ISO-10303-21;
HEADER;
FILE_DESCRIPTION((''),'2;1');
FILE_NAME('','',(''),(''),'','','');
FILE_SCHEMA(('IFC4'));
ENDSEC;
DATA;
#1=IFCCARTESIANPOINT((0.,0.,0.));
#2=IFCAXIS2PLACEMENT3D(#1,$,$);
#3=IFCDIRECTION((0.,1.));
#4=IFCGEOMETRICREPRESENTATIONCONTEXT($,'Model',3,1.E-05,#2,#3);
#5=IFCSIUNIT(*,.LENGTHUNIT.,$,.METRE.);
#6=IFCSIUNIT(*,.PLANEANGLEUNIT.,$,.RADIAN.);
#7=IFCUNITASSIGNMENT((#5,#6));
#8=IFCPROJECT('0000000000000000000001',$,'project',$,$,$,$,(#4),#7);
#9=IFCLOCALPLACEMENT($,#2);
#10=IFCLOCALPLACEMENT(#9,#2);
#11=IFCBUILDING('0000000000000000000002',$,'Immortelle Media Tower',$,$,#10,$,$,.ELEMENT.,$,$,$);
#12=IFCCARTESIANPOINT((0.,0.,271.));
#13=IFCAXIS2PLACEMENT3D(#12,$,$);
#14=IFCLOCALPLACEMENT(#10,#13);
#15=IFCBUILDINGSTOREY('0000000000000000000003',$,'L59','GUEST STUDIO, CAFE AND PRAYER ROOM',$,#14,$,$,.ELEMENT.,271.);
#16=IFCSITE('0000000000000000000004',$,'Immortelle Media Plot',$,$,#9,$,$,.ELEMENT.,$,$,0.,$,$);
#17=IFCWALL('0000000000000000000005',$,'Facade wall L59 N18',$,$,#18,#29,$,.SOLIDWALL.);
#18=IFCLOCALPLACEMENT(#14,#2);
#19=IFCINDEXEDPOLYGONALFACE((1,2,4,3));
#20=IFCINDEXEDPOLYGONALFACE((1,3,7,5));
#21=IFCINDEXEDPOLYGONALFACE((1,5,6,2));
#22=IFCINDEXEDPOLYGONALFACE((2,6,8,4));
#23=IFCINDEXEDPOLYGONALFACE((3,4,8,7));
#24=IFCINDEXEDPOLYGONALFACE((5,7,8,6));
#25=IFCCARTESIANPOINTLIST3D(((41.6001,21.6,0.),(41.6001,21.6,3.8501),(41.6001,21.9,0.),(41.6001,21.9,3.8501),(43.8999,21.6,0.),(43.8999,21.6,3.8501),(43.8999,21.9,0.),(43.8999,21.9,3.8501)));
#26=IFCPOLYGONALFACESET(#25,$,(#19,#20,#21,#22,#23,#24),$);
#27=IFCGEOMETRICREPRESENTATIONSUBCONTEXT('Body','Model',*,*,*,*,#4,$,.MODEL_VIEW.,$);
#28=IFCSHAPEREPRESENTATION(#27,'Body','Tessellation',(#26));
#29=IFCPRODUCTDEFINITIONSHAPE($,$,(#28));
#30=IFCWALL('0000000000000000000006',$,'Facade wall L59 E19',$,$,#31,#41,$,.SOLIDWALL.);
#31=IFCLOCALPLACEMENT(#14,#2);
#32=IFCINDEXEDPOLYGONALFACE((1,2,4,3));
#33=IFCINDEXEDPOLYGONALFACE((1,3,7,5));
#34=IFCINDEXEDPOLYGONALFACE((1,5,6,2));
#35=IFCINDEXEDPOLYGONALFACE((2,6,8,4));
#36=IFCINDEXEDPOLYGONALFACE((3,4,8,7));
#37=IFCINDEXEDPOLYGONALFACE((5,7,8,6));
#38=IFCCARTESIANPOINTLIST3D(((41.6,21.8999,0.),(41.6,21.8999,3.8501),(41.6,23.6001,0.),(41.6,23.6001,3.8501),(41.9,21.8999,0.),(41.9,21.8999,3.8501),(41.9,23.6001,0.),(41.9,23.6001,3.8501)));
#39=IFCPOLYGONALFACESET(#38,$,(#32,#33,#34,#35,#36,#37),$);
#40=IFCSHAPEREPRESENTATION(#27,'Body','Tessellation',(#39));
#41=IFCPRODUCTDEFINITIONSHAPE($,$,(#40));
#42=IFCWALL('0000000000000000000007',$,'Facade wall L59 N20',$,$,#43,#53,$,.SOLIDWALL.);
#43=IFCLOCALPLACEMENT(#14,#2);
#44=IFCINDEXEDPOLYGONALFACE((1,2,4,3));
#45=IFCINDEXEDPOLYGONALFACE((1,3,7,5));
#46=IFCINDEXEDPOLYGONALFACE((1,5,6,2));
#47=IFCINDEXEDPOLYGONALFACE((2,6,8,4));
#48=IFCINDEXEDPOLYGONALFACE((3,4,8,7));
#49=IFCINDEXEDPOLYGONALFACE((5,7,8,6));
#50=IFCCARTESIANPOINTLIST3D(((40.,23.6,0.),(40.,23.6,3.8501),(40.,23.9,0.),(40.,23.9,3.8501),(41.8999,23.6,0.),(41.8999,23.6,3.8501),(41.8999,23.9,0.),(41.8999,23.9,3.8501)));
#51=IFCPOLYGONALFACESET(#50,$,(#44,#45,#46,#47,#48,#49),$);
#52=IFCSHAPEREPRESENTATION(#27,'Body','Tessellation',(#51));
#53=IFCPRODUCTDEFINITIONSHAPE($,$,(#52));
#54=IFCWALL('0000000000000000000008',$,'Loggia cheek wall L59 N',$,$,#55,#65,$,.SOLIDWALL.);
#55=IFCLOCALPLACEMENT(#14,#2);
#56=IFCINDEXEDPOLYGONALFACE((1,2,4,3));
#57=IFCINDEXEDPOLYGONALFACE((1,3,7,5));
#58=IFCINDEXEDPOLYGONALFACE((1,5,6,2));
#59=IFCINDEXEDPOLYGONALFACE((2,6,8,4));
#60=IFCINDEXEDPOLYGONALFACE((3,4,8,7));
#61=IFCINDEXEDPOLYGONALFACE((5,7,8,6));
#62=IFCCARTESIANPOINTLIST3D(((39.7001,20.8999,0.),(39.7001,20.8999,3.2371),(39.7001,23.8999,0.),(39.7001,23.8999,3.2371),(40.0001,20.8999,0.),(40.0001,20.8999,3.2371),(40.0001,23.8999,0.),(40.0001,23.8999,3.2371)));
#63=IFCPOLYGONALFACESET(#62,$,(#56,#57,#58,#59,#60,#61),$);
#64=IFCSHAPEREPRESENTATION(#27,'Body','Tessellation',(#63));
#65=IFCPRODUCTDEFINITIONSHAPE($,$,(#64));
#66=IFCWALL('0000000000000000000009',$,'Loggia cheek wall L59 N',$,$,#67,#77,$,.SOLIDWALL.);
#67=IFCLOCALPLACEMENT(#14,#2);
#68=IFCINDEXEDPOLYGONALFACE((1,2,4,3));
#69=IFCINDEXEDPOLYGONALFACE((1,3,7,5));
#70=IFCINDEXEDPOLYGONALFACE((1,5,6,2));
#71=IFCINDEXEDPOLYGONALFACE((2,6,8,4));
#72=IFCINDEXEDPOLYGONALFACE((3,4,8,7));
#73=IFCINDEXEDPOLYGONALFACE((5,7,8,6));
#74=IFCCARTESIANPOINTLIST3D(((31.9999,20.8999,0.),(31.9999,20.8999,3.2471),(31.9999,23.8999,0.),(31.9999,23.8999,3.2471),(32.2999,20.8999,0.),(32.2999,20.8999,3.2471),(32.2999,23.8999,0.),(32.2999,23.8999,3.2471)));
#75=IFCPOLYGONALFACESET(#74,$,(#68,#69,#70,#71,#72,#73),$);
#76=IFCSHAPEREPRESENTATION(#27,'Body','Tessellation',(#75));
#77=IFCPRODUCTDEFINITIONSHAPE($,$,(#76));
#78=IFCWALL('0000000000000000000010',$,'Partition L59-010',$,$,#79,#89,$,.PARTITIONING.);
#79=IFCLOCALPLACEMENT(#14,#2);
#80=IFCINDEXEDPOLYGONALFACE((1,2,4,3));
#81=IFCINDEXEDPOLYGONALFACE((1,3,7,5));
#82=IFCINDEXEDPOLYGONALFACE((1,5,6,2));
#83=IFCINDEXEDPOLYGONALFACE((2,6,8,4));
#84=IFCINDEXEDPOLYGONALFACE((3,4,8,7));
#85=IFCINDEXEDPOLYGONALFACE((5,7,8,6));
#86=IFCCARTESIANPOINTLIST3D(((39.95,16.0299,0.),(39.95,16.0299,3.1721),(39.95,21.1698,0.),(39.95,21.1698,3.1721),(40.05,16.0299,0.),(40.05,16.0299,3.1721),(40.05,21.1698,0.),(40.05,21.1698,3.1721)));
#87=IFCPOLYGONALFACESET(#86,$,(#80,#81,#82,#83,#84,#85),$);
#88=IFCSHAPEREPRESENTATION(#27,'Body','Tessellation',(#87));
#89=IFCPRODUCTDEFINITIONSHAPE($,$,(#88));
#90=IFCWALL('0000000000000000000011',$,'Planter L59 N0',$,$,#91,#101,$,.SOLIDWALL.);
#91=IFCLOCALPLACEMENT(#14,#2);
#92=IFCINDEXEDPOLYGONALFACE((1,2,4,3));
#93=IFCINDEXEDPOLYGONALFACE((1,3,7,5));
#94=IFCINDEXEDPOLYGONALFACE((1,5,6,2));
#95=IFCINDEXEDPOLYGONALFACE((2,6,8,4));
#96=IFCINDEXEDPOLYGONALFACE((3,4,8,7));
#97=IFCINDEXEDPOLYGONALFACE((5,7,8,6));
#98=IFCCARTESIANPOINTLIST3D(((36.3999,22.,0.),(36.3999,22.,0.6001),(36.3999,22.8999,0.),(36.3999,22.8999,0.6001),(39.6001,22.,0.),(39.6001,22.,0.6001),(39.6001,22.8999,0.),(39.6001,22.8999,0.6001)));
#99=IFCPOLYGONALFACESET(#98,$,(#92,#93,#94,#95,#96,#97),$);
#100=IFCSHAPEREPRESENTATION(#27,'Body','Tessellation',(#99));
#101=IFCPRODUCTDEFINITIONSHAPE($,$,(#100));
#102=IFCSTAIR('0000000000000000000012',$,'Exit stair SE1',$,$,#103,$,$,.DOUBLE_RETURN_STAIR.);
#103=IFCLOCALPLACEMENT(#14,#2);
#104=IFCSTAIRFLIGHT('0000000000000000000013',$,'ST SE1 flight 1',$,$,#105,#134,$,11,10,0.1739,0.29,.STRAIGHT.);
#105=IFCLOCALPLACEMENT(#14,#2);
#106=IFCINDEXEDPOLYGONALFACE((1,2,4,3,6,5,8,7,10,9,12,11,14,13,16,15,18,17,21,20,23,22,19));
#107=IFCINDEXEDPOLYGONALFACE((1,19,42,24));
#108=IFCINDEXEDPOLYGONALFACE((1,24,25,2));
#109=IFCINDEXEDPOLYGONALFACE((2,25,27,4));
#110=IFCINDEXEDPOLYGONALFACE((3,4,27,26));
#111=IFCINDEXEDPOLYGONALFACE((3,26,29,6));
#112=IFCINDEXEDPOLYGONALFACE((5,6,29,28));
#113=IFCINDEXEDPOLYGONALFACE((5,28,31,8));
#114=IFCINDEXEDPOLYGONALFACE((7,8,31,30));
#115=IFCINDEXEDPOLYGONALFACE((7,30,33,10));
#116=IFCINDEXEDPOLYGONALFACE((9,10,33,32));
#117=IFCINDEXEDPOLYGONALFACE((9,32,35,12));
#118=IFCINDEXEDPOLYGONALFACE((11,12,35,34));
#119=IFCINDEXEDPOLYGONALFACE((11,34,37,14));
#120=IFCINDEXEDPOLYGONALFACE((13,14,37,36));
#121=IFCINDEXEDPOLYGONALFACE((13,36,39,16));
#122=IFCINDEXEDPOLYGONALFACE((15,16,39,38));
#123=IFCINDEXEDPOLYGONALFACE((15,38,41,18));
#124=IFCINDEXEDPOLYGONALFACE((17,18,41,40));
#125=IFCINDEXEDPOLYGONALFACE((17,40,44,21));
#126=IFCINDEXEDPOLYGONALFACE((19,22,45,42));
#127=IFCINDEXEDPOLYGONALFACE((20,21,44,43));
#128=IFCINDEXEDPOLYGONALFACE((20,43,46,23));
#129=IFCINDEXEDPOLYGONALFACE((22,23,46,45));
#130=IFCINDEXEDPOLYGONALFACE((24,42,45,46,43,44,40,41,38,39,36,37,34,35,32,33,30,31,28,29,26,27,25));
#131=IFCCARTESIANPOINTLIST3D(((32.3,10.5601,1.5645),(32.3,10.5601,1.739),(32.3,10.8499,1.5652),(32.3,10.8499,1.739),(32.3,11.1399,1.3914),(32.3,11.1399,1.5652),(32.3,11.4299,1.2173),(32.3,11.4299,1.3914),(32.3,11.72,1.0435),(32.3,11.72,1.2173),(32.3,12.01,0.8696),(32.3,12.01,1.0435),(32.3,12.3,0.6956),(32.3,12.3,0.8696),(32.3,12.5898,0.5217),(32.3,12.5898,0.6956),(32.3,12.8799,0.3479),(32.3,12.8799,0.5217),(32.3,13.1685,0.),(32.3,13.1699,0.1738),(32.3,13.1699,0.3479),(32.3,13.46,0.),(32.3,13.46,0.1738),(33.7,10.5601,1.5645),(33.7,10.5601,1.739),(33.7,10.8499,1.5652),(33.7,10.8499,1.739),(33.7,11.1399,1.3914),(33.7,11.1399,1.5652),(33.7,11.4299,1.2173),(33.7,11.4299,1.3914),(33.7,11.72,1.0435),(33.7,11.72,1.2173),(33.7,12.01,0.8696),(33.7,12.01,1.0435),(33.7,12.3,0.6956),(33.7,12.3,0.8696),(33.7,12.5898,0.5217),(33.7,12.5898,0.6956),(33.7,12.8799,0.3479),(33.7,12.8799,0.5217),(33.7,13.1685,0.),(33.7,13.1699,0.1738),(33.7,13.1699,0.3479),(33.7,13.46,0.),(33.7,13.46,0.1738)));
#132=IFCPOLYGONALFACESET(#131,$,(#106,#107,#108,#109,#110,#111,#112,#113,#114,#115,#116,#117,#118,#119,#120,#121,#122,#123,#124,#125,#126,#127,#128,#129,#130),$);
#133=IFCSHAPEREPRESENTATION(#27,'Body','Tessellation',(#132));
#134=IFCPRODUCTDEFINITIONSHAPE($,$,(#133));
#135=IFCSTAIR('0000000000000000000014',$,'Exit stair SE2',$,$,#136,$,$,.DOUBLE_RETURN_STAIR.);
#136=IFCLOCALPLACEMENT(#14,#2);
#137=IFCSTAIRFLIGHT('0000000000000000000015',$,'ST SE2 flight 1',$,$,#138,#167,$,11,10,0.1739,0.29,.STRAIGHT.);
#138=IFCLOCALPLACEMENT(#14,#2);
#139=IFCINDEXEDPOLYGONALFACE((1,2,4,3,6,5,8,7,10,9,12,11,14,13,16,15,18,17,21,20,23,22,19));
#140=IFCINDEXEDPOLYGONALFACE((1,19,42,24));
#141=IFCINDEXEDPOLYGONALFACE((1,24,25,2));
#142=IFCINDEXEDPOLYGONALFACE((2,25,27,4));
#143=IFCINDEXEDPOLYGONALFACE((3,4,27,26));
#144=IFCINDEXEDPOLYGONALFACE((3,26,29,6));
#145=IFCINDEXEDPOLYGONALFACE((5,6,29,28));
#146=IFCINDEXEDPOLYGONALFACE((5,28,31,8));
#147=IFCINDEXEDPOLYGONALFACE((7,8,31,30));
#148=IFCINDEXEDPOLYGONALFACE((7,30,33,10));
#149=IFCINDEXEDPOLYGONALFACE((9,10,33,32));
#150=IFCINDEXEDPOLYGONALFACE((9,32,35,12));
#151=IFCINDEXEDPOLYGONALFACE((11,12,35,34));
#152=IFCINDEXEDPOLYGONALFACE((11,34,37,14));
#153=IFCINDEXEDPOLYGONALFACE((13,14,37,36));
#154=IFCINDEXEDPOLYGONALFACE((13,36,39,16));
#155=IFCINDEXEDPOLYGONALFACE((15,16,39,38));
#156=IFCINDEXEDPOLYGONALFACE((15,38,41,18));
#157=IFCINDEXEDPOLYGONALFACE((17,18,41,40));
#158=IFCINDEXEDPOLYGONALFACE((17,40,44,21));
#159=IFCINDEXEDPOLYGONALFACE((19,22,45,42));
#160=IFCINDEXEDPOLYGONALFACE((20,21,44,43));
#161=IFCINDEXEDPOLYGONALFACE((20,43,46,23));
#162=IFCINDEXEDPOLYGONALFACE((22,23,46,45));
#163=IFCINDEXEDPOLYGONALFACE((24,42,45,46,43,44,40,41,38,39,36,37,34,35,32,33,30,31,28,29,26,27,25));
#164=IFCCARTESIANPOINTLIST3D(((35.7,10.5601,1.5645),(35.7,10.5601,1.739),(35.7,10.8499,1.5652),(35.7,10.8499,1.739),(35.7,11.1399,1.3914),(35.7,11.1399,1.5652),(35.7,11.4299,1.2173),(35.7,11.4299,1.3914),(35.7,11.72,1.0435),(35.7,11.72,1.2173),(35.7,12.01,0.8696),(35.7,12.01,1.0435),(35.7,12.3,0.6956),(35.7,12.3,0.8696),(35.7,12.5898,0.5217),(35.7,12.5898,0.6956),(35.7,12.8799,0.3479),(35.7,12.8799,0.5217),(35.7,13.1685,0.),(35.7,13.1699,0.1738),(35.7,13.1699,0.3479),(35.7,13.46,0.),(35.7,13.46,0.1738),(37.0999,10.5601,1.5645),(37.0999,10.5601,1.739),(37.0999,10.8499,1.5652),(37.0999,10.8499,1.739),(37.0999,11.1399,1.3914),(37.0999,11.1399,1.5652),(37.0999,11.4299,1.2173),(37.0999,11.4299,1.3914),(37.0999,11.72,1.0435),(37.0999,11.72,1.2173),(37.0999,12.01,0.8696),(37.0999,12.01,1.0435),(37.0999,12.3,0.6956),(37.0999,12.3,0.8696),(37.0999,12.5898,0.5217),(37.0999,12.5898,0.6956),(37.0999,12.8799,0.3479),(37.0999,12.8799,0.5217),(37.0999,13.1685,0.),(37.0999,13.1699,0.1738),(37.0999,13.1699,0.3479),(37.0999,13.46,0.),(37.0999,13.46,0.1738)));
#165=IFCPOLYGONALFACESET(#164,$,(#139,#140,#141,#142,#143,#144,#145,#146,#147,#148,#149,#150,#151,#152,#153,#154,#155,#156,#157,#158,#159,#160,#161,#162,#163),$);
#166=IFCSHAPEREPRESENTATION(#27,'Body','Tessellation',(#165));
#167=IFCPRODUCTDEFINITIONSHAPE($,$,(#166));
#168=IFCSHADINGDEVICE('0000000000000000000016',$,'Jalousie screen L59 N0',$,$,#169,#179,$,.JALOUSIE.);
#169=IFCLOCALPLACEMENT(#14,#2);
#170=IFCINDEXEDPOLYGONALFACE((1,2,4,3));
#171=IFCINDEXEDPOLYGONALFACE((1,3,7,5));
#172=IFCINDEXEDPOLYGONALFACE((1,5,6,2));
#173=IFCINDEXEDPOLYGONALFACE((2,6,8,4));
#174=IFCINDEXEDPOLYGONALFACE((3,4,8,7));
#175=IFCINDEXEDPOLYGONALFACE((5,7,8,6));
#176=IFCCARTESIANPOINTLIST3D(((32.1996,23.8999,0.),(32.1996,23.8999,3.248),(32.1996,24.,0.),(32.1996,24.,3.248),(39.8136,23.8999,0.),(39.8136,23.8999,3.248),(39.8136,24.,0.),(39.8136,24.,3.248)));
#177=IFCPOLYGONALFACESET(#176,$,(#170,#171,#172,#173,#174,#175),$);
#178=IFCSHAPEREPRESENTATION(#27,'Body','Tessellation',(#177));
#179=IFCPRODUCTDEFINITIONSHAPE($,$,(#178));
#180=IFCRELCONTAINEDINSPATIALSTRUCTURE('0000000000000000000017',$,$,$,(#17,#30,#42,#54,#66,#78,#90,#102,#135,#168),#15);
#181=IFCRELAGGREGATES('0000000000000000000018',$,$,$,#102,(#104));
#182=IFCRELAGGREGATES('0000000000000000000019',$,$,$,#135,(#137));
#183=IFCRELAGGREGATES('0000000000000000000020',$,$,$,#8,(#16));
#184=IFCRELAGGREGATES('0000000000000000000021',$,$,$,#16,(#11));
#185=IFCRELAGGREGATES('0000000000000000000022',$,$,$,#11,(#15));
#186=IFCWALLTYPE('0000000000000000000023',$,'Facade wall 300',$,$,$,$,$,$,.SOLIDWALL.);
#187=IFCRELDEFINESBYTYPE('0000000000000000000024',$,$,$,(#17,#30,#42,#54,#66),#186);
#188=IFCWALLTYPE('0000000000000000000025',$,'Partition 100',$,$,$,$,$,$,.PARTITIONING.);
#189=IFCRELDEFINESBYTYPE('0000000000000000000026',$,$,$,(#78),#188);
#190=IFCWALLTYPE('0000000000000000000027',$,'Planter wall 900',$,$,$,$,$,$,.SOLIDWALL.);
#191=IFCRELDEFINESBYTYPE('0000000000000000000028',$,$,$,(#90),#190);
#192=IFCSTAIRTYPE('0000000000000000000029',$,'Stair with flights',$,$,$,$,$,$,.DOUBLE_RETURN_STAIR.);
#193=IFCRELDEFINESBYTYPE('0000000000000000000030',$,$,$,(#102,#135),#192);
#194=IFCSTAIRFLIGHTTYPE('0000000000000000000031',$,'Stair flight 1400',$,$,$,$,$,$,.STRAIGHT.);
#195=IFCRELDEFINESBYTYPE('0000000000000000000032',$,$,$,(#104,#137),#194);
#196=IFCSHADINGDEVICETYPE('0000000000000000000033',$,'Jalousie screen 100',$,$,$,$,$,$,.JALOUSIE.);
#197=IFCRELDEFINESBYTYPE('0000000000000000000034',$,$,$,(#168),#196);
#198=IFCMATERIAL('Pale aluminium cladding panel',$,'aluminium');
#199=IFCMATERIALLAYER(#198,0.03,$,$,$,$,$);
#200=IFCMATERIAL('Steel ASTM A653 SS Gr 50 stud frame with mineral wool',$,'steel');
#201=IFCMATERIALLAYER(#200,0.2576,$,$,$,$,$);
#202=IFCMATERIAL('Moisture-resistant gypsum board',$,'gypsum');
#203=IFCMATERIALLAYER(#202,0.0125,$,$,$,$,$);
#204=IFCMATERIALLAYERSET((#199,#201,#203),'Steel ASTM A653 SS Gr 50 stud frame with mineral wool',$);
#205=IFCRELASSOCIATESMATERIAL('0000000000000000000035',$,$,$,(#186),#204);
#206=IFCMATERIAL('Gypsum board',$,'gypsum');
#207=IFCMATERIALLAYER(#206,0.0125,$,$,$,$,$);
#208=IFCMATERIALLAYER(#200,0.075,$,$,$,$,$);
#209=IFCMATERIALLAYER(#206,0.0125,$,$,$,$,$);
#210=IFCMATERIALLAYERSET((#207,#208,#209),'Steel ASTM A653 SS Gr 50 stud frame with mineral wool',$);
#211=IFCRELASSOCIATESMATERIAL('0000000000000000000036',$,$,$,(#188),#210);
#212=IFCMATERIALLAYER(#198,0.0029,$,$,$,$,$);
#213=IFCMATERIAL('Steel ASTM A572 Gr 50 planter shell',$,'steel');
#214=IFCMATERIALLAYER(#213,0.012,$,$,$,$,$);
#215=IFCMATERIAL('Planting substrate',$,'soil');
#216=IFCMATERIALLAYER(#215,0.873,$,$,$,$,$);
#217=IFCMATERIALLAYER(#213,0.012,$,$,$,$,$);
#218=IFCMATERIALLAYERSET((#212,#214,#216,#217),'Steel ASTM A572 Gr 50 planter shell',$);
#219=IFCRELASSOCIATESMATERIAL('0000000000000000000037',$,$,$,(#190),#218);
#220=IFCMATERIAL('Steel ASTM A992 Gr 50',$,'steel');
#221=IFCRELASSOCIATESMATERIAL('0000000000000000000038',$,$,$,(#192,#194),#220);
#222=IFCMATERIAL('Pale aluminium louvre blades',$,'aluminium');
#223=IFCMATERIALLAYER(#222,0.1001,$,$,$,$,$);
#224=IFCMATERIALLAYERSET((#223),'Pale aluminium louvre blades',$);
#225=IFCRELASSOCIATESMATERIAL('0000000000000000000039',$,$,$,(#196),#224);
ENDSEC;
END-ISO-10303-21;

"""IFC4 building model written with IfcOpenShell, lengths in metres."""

from ifc_helpers import new_model, si_unit, direction, frame, frame_2d, origin, origin_2d, place, context, subcontext, project, spatial, polyline, rectangle, outline, extrude, material, layer, layer_set, type_object, element, aggregate, save


model = new_model("IFC4")

# Units and contexts
model_context = context("Model", 3, precision=1e-05, world=origin(), true_north=direction((0.0, 1.0)))
body_context = subcontext(model_context, "Body", "Model", "MODEL_VIEW")
ifc_project = project(units=[si_unit("LENGTHUNIT", "METRE"), si_unit("PLANEANGLEUNIT", "RADIAN")], contexts=[model_context])

# Site, building, storey
site_placement = place(None, origin())
site = spatial("IfcSite", under=ifc_project, at=site_placement, Name="Immortelle Media Plot", CompositionType="ELEMENT", RefElevation=0.0)
building_placement = place(site_placement, origin())
building = spatial("IfcBuilding", under=site, at=building_placement, Name="Immortelle Media Tower", CompositionType="ELEMENT")
storey_placement = place(building_placement, frame((0.0, 0.0, 271.0)))
storey = spatial("IfcBuildingStorey", under=building, at=storey_placement, Name="L59", Description="GUEST STUDIO, CAFE AND PRAYER ROOM", CompositionType="ELEMENT", Elevation=271.0)

# Shared definitions
ifc_material_1 = material(Name="Steel ASTM A992 Gr 50", Category="steel")

# Walls
ifc_material_2 = material(Name="Steel ASTM A653 SS Gr 50 stud frame with mineral wool", Category="steel")
ifc_material_3 = material(Name="Pale aluminium cladding panel", Category="aluminium")
ifc_layer_1 = layer(ifc_material_3, 0.03)
ifc_layer_2 = layer(ifc_material_2, 0.2576)
ifc_material_4 = material(Name="Moisture-resistant gypsum board", Category="gypsum")
ifc_layer_3 = layer(ifc_material_4, 0.0125)
ifc_layer_set_1 = layer_set([ifc_layer_1, ifc_layer_2, ifc_layer_3], Name="Steel ASTM A653 SS Gr 50 stud frame with mineral wool")
wall_type_1 = type_object("IfcWallType", Name="Facade wall 300", PredefinedType="SOLIDWALL", material=ifc_layer_set_1)
wall_1_placement = place(storey_placement, frame((43.8999, 21.75, 0.0), z_axis=(0.0, 0.0, 1.0), x_axis=(-1.0, 0.0, 0.0)))
element("IfcWall", 1, at=wall_1_placement, inside=storey, type_object=wall_type_1, Name="Facade wall L59 N18", PredefinedType="SOLIDWALL", context=body_context, shape_type="SweptSolid", body=[
    extrude(rectangle(XDim=2.2998, YDim=0.3, at=frame_2d((1.1499, 0.0))), origin(), (0.0, 0.0, 1.0), 3.8501),
])
wall_2_placement = place(storey_placement, frame((41.75, 21.8999, 0.0), z_axis=(0.0, 0.0, 1.0), x_axis=(0.0, 1.0, 0.0)))
element("IfcWall", 2, at=wall_2_placement, inside=storey, type_object=wall_type_1, Name="Facade wall L59 E19", PredefinedType="SOLIDWALL", context=body_context, shape_type="SweptSolid", body=[
    extrude(rectangle(XDim=1.7002, YDim=0.3, at=frame_2d((0.8501, 0.0))), origin(), (0.0, 0.0, 1.0), 3.8501),
])
wall_3_placement = place(storey_placement, frame((41.8999, 23.75, 0.0), z_axis=(0.0, 0.0, 1.0), x_axis=(-1.0, 0.0, 0.0)))
element("IfcWall", 3, at=wall_3_placement, inside=storey, type_object=wall_type_1, Name="Facade wall L59 N20", PredefinedType="SOLIDWALL", context=body_context, shape_type="SweptSolid", body=[
    extrude(rectangle(XDim=1.8999, YDim=0.3, at=frame_2d((0.95, 0.0))), origin(), (0.0, 0.0, 1.0), 3.8501),
])

# Walls
wall_4_placement = place(storey_placement, frame((39.8501, 23.8999, 0.0), z_axis=(0.0, 0.0, 1.0), x_axis=(0.0, -1.0, 0.0)))
element("IfcWall", 4, at=wall_4_placement, inside=storey, type_object=wall_type_1, Name="Loggia cheek wall L59 N", PredefinedType="SOLIDWALL", context=body_context, shape_type="SweptSolid", body=[
    extrude(rectangle(XDim=3.0, YDim=0.3, at=frame_2d((1.5, 0.0))), origin(), (0.0, 0.0, 1.0), 3.2371),
])
wall_5_placement = place(storey_placement, frame((32.1499, 23.8999, 0.0), z_axis=(0.0, 0.0, 1.0), x_axis=(0.0, -1.0, 0.0)))
element("IfcWall", 5, at=wall_5_placement, inside=storey, type_object=wall_type_1, Name="Loggia cheek wall L59 N", PredefinedType="SOLIDWALL", context=body_context, shape_type="SweptSolid", body=[
    extrude(rectangle(XDim=3.0, YDim=0.3, at=frame_2d((1.5, 0.0))), origin(), (0.0, 0.0, 1.0), 3.2471),
])
ifc_material_5 = material(Name="Gypsum board", Category="gypsum")
ifc_layer_4 = layer(ifc_material_5, 0.0125)
ifc_layer_5 = layer(ifc_material_2, 0.075)
ifc_layer_6 = layer(ifc_material_5, 0.0125)
ifc_layer_set_2 = layer_set([ifc_layer_4, ifc_layer_5, ifc_layer_6], Name="Steel ASTM A653 SS Gr 50 stud frame with mineral wool")
wall_type_2 = type_object("IfcWallType", Name="Partition 100", PredefinedType="PARTITIONING", material=ifc_layer_set_2)
wall_6_placement = place(storey_placement, frame((40.0, 16.03, 0.0), z_axis=(0.0, 0.0, 1.0), x_axis=(0.0, 1.0, 0.0)))
element("IfcWall", 6, at=wall_6_placement, inside=storey, type_object=wall_type_2, Name="Partition L59-010", PredefinedType="PARTITIONING", context=body_context, shape_type="SweptSolid", body=[
    extrude(rectangle(XDim=5.1399, YDim=0.1001, at=frame_2d((2.5698, 0.0))), origin(), (0.0, 0.0, 1.0), 3.1721),
])
ifc_layer_7 = layer(ifc_material_3, 0.0029)
ifc_material_6 = material(Name="Steel ASTM A572 Gr 50 planter shell", Category="steel")
ifc_layer_8 = layer(ifc_material_6, 0.012)
ifc_material_7 = material(Name="Planting substrate", Category="soil")
ifc_layer_9 = layer(ifc_material_7, 0.873)
ifc_layer_10 = layer(ifc_material_6, 0.012)
ifc_layer_set_3 = layer_set([ifc_layer_7, ifc_layer_8, ifc_layer_9, ifc_layer_10], Name="Steel ASTM A572 Gr 50 planter shell")
wall_type_3 = type_object("IfcWallType", Name="Planter wall 900", PredefinedType="SOLIDWALL", material=ifc_layer_set_3)
wall_7_placement = place(storey_placement, frame((39.6001, 22.45, 0.0), z_axis=(0.0, 0.0, 1.0), x_axis=(-1.0, 0.0, 0.0)))
element("IfcWall", 7, at=wall_7_placement, inside=storey, type_object=wall_type_3, Name="Planter L59 N0", PredefinedType="SOLIDWALL", context=body_context, shape_type="SweptSolid", body=[
    extrude(rectangle(XDim=3.2002, YDim=0.8999, at=frame_2d((1.6001, 0.0))), origin(), (0.0, 0.0, 1.0), 0.6001),
])

# Stairs, stair flights
stair_type = type_object("IfcStairType", Name="Stair with flights", PredefinedType="DOUBLE_RETURN_STAIR", material=ifc_material_1)
stair_1_placement = place(storey_placement, origin())
stair_1 = element("IfcStair", 8, at=stair_1_placement, inside=storey, type_object=stair_type, Name="Exit stair SE1", PredefinedType="DOUBLE_RETURN_STAIR")
stair_flight_type = type_object("IfcStairFlightType", Name="Stair flight 1400", PredefinedType="STRAIGHT", material=ifc_material_1)
stair_flight_1_placement = place(storey_placement, frame((33.0, 13.46, 0.0), z_axis=(0.0, 0.0, 1.0), x_axis=(0.0, -1.0, 0.0)))
stair_flight_1 = element("IfcStairFlight", 9, at=stair_flight_1_placement, type_object=stair_flight_type, Name="ST SE1 flight 1", NumberOfRisers=11, NumberOfTreads=10, PredefinedType="STRAIGHT", RiserHeight=0.1739, TreadLength=0.29, context=body_context, shape_type="SweptSolid", body=[
    extrude(outline(polyline([(0.0, 0.0), (0.0, 0.1738), (0.29, 0.1738), (0.29, 0.3479), (0.5801, 0.3479), (0.5801, 0.5217), (0.8701, 0.5217), (0.8701, 0.6956), (1.1599, 0.6956), (1.1599, 0.8696), (1.45, 0.8696), (1.45, 1.0435), (1.74, 1.0435), (1.74, 1.2173), (2.03, 1.2173), (2.03, 1.3914), (2.3201, 1.3914), (2.3201, 1.5652), (2.6101, 1.5652), (2.6101, 1.739), (2.8999, 1.739), (2.8999, 1.9131), (2.8999, 1.5645), (0.2915, 0.0), (0.0, 0.0)])), frame((0.0, 0.7, 0.0), z_axis=(0.0, -1.0, 0.0), x_axis=(1.0, 0.0, 0.0)), (0.0, 0.0, 1.0), 1.3999),
])
aggregate(stair_1, [stair_flight_1])
stair_2_placement = place(storey_placement, origin())
stair_2 = element("IfcStair", 10, at=stair_2_placement, inside=storey, type_object=stair_type, Name="Exit stair SE2", PredefinedType="DOUBLE_RETURN_STAIR")
stair_flight_2_placement = place(storey_placement, frame((36.3999, 13.46, 0.0), z_axis=(0.0, 0.0, 1.0), x_axis=(0.0, -1.0, 0.0)))
stair_flight_2 = element("IfcStairFlight", 11, at=stair_flight_2_placement, type_object=stair_flight_type, Name="ST SE2 flight 1", NumberOfRisers=11, NumberOfTreads=10, PredefinedType="STRAIGHT", RiserHeight=0.1739, TreadLength=0.29, context=body_context, shape_type="SweptSolid", body=[
    extrude(outline(polyline([(0.0, 0.0), (0.0, 0.1738), (0.29, 0.1738), (0.29, 0.3479), (0.5801, 0.3479), (0.5801, 0.5217), (0.8701, 0.5217), (0.8701, 0.6956), (1.1599, 0.6956), (1.1599, 0.8696), (1.45, 0.8696), (1.45, 1.0435), (1.74, 1.0435), (1.74, 1.2173), (2.03, 1.2173), (2.03, 1.3914), (2.3201, 1.3914), (2.3201, 1.5652), (2.6101, 1.5652), (2.6101, 1.739), (2.8999, 1.739), (2.8999, 1.9131), (2.8999, 1.5645), (0.2915, 0.0), (0.0, 0.0)])), frame((0.0, 0.7, 0.0), z_axis=(0.0, -1.0, 0.0), x_axis=(1.0, 0.0, 0.0)), (0.0, 0.0, 1.0), 1.3999),
])
aggregate(stair_2, [stair_flight_2])

# Shading device
ifc_material_8 = material(Name="Pale aluminium louvre blades", Category="aluminium")
ifc_layer_11 = layer(ifc_material_8, 0.1001)
ifc_layer_set_4 = layer_set([ifc_layer_11], Name="Pale aluminium louvre blades")
shading_device_type = type_object("IfcShadingDeviceType", Name="Jalousie screen 100", PredefinedType="JALOUSIE", material=ifc_layer_set_4)
shading_device_placement = place(storey_placement, frame((36.0066, 23.95, 0.0), z_axis=(0.0, 0.0, 1.0), x_axis=(-1.0, 0.0, 0.0)))
element("IfcShadingDevice", 12, at=shading_device_placement, inside=storey, type_object=shading_device_type, Name="Jalousie screen L59 N0", PredefinedType="JALOUSIE", context=body_context, shape_type="SweptSolid", body=[
    extrude(rectangle(XDim=7.614, YDim=0.1001, at=origin_2d()), origin(), (0.0, 0.0, 1.0), 3.248),
])

save(model, "model.ifc")
